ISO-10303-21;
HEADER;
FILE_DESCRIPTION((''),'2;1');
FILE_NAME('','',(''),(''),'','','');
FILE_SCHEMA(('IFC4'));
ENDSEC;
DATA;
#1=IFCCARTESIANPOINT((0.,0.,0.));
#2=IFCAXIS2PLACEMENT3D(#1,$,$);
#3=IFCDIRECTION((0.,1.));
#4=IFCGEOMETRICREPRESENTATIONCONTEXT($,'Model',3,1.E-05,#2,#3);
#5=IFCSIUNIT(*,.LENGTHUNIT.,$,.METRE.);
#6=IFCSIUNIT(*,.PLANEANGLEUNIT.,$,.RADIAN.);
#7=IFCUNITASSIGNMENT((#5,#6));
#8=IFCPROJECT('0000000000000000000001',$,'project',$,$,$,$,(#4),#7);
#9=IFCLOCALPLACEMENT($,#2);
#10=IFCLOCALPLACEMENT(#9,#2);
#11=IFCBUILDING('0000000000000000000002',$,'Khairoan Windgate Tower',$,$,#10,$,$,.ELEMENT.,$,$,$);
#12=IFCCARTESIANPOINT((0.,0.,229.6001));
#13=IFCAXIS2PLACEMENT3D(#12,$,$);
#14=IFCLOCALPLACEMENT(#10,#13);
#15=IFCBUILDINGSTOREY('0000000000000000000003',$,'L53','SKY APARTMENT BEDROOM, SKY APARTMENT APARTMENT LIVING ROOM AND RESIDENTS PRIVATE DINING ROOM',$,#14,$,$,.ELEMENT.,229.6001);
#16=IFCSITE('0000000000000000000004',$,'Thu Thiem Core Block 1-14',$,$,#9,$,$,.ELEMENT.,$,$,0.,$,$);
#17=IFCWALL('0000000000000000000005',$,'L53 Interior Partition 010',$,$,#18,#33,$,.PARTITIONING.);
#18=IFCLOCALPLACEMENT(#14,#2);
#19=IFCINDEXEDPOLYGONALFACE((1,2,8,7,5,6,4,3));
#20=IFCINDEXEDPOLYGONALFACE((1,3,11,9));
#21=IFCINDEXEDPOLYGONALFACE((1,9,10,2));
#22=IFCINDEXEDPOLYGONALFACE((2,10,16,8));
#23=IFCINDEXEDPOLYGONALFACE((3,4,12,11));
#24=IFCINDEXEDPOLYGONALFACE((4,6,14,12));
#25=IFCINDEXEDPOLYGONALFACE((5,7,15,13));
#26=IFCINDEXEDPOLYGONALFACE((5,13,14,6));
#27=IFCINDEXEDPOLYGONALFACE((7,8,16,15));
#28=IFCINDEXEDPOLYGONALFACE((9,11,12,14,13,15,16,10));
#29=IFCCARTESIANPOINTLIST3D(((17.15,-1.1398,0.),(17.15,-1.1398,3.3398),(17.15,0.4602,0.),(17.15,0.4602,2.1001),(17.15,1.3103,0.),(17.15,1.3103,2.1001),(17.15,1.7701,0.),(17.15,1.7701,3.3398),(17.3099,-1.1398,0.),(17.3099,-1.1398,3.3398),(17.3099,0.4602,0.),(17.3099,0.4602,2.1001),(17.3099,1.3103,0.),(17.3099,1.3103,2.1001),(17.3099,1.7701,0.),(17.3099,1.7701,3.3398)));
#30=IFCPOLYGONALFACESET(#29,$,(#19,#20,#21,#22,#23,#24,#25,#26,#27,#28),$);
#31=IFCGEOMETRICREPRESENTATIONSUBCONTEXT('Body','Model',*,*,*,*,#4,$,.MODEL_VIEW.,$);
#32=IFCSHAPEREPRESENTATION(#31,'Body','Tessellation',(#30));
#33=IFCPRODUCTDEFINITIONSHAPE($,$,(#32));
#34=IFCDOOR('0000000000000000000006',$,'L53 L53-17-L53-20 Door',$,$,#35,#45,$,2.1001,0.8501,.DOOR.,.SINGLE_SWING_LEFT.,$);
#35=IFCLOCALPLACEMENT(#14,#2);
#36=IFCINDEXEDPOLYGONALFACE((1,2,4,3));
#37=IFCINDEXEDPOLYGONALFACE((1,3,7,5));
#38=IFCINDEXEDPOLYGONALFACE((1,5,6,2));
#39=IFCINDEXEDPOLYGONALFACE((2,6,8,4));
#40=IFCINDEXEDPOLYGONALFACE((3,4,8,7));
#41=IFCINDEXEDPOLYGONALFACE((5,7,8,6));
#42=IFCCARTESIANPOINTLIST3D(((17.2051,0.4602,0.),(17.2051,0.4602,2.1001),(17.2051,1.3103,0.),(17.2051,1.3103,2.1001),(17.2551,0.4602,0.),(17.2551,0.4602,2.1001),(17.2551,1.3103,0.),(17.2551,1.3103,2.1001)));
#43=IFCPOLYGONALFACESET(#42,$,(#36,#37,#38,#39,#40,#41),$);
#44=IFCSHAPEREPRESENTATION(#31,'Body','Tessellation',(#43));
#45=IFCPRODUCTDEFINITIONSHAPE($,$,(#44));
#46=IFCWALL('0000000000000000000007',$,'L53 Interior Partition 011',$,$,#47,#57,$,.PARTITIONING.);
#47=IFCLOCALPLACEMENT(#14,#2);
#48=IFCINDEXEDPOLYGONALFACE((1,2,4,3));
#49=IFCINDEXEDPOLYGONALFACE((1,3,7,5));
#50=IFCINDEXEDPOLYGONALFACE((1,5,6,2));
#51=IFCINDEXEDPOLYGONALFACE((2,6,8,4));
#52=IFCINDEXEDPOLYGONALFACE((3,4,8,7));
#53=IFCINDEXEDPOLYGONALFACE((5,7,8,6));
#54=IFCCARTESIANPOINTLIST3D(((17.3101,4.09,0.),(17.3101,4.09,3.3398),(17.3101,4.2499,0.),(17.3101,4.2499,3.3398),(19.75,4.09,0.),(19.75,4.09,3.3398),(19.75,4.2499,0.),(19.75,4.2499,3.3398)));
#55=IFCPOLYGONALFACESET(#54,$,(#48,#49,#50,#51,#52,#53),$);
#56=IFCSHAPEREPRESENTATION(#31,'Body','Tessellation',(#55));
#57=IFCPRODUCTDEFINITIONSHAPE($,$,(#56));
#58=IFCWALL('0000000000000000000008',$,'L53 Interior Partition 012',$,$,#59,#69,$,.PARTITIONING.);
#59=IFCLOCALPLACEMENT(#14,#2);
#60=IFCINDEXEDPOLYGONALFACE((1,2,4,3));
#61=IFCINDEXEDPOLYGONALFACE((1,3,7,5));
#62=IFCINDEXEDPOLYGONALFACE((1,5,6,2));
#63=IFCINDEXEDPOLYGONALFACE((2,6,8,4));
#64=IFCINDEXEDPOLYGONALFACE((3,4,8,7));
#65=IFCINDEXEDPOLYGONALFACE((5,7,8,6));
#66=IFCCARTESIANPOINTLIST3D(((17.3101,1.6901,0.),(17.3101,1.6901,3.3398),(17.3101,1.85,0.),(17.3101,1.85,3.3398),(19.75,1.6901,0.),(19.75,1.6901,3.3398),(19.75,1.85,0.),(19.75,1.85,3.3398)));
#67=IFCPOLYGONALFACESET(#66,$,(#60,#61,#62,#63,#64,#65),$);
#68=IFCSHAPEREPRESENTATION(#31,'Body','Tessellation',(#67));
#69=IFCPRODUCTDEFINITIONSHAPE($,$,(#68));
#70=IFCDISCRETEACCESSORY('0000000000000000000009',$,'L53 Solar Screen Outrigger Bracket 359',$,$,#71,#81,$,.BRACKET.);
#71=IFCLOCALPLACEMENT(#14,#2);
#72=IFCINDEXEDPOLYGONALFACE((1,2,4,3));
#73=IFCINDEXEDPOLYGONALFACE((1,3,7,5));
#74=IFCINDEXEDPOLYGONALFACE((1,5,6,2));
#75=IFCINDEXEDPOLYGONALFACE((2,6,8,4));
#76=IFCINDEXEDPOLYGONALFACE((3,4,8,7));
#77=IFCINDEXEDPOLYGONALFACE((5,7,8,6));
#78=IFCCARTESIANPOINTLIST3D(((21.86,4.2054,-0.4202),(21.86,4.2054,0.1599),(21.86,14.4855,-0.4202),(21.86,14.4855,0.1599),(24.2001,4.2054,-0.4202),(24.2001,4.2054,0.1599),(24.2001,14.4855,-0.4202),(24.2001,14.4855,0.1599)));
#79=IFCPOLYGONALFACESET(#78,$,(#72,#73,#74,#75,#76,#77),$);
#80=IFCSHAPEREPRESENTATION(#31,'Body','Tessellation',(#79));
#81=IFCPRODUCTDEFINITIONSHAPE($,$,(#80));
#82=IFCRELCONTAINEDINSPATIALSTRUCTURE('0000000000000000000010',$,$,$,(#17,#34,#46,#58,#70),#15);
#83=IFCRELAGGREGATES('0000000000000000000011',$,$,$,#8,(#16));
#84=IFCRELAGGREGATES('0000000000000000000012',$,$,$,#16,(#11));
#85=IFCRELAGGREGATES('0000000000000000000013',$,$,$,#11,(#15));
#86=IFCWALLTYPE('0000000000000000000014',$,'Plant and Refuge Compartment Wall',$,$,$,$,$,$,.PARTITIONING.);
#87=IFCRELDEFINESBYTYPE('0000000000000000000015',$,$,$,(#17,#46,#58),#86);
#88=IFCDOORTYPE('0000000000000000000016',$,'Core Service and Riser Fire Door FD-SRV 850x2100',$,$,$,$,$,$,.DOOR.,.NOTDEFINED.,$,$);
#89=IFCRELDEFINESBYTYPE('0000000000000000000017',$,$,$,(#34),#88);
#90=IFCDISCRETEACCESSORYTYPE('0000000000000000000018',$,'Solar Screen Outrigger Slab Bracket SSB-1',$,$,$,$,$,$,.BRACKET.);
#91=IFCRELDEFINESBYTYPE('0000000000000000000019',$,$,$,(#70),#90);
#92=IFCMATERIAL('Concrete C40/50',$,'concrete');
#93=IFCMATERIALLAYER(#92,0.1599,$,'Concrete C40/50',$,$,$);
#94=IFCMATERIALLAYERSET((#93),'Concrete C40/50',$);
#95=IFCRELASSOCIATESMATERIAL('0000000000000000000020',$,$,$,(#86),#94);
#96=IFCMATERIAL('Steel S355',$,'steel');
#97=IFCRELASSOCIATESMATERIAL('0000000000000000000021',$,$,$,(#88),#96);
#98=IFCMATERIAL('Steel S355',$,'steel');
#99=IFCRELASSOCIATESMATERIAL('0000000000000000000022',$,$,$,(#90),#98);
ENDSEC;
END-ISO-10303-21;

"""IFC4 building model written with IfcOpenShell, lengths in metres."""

from ifc_helpers import new_model, si_unit, direction, frame, frame_2d, origin, origin_2d, place, context, subcontext, project, spatial, rectangle, extrude, material, layer, layer_set, type_object, element, fill, save


model = new_model("IFC4")

# Units and contexts
model_context = context("Model", 3, precision=1e-05, world=origin(), true_north=direction((0.0, 1.0)))
body_context = subcontext(model_context, "Body", "Model", "MODEL_VIEW")
ifc_project = project(units=[si_unit("LENGTHUNIT", "METRE"), si_unit("PLANEANGLEUNIT", "RADIAN")], contexts=[model_context])

# Site, building, storey
site_placement = place(None, origin())
site = spatial("IfcSite", under=ifc_project, at=site_placement, Name="Thu Thiem Core Block 1-14", CompositionType="ELEMENT", RefElevation=0.0)
building_placement = place(site_placement, origin())
building = spatial("IfcBuilding", under=site, at=building_placement, Name="Khairoan Windgate Tower", CompositionType="ELEMENT")
storey_placement = place(building_placement, frame((0.0, 0.0, 229.6001)))
storey = spatial("IfcBuildingStorey", under=building, at=storey_placement, Name="L53", Description="SKY APARTMENT BEDROOM, SKY APARTMENT APARTMENT LIVING ROOM AND RESIDENTS PRIVATE DINING ROOM", CompositionType="ELEMENT", Elevation=229.6001)

# Wall, opening, door
ifc_material_1 = material(Name="Concrete C40/50", Category="concrete")
ifc_layer_1 = layer(ifc_material_1, 0.1599, Name="Concrete C40/50")
ifc_layer_set_1 = layer_set([ifc_layer_1], Name="Concrete C40/50")
wall_type_1 = type_object("IfcWallType", Name="Plant and Refuge Compartment Wall", PredefinedType="PARTITIONING", material=ifc_layer_set_1)
ifc_material_2 = material(Name="Steel S355", Category="steel")
door_type = type_object("IfcDoorType", Name="Core Service and Riser Fire Door FD-SRV 850x2100", OperationType="NOTDEFINED", PredefinedType="DOOR", material=ifc_material_2)
wall_1_placement = place(storey_placement, frame((17.23, -1.1399, 0.0), z_axis=(0.0, 0.0, 1.0), x_axis=(0.0, 1.0, 0.0)))
wall_1 = element("IfcWall", 1, at=wall_1_placement, inside=storey, type_object=wall_type_1, Name="L53 Interior Partition 010", PredefinedType="PARTITIONING", context=body_context, shape_type="SweptSolid", body=[
    extrude(rectangle(XDim=2.9099, YDim=0.1599, at=frame_2d((1.4551, 0.0))), origin(), (0.0, 0.0, 1.0), 3.3398),
])
opening_1_placement = place(wall_1_placement, frame((1.6001, 0.0, 0.0)))
opening_1 = element("IfcOpeningElement", 2, at=opening_1_placement, cuts=wall_1, PredefinedType="OPENING", context=body_context, shape_type="SweptSolid", body=[
    extrude(rectangle(XDim=0.8501, YDim=2.1001, at=frame_2d((0.425, 1.05))), frame((0.0, 0.0898, 0.0), z_axis=(0.0, -1.0, 0.0), x_axis=(1.0, 0.0, 0.0)), (0.0, 0.0, 1.0), 0.1799),
])
door_1_placement = place(opening_1_placement, origin())
door_1 = element("IfcDoor", 3, at=door_1_placement, inside=storey, type_object=door_type, Name="L53 L53-17-L53-20 Door", OperationType="SINGLE_SWING_LEFT", OverallHeight=2.1001, OverallWidth=0.8501, PredefinedType="DOOR", context=body_context, shape_type="SweptSolid", body=[
    extrude(rectangle(XDim=0.8501, YDim=2.1001, at=frame_2d((0.425, 1.05))), frame((0.0, 0.0249, 0.0), z_axis=(0.0, -1.0, 0.0), x_axis=(1.0, 0.0, 0.0)), (0.0, 0.0, 1.0), 0.05),
])
fill(opening_1, door_1)

# Walls
for number, where, z_axis, x_axis, name in (
    (4, (17.3101, 4.1699, 0.0), (0.0, 0.0, 1.0), (1.0, 0.0, 0.0), "L53 Interior Partition 011"),
    (5, (17.3101, 1.77, 0.0), (0.0, 0.0, 1.0), (1.0, 0.0, 0.0), "L53 Interior Partition 012"),
):
    element("IfcWall", number, at=place(storey_placement, frame(where, z_axis=z_axis, x_axis=x_axis)), inside=storey, type_object=wall_type_1, Name=name, PredefinedType="PARTITIONING", context=body_context, shape_type="SweptSolid", body=[
        extrude(rectangle(XDim=2.4399, YDim=0.1599, at=frame_2d((1.22, 0.0))), origin(), (0.0, 0.0, 1.0), 3.3398),
    ])

# Discrete accessory
ifc_material_3 = material(Name="Steel S355", Category="steel")
discrete_accessory_type = type_object("IfcDiscreteAccessoryType", Name="Solar Screen Outrigger Slab Bracket SSB-1", PredefinedType="BRACKET", material=ifc_material_3)
discrete_accessory_placement = place(storey_placement, frame((23.03, 9.3455, -0.4202), z_axis=(0.0, 0.0, 1.0), x_axis=(0.0, -1.0, 0.0)))
element("IfcDiscreteAccessory", 6, at=discrete_accessory_placement, inside=storey, type_object=discrete_accessory_type, Name="L53 Solar Screen Outrigger Bracket 359", PredefinedType="BRACKET", context=body_context, shape_type="SweptSolid", body=[
    extrude(rectangle(XDim=10.28, YDim=2.3401, at=origin_2d()), origin(), (0.0, 0.0, 1.0), 0.5801),
])

save(model, "model.ifc")
